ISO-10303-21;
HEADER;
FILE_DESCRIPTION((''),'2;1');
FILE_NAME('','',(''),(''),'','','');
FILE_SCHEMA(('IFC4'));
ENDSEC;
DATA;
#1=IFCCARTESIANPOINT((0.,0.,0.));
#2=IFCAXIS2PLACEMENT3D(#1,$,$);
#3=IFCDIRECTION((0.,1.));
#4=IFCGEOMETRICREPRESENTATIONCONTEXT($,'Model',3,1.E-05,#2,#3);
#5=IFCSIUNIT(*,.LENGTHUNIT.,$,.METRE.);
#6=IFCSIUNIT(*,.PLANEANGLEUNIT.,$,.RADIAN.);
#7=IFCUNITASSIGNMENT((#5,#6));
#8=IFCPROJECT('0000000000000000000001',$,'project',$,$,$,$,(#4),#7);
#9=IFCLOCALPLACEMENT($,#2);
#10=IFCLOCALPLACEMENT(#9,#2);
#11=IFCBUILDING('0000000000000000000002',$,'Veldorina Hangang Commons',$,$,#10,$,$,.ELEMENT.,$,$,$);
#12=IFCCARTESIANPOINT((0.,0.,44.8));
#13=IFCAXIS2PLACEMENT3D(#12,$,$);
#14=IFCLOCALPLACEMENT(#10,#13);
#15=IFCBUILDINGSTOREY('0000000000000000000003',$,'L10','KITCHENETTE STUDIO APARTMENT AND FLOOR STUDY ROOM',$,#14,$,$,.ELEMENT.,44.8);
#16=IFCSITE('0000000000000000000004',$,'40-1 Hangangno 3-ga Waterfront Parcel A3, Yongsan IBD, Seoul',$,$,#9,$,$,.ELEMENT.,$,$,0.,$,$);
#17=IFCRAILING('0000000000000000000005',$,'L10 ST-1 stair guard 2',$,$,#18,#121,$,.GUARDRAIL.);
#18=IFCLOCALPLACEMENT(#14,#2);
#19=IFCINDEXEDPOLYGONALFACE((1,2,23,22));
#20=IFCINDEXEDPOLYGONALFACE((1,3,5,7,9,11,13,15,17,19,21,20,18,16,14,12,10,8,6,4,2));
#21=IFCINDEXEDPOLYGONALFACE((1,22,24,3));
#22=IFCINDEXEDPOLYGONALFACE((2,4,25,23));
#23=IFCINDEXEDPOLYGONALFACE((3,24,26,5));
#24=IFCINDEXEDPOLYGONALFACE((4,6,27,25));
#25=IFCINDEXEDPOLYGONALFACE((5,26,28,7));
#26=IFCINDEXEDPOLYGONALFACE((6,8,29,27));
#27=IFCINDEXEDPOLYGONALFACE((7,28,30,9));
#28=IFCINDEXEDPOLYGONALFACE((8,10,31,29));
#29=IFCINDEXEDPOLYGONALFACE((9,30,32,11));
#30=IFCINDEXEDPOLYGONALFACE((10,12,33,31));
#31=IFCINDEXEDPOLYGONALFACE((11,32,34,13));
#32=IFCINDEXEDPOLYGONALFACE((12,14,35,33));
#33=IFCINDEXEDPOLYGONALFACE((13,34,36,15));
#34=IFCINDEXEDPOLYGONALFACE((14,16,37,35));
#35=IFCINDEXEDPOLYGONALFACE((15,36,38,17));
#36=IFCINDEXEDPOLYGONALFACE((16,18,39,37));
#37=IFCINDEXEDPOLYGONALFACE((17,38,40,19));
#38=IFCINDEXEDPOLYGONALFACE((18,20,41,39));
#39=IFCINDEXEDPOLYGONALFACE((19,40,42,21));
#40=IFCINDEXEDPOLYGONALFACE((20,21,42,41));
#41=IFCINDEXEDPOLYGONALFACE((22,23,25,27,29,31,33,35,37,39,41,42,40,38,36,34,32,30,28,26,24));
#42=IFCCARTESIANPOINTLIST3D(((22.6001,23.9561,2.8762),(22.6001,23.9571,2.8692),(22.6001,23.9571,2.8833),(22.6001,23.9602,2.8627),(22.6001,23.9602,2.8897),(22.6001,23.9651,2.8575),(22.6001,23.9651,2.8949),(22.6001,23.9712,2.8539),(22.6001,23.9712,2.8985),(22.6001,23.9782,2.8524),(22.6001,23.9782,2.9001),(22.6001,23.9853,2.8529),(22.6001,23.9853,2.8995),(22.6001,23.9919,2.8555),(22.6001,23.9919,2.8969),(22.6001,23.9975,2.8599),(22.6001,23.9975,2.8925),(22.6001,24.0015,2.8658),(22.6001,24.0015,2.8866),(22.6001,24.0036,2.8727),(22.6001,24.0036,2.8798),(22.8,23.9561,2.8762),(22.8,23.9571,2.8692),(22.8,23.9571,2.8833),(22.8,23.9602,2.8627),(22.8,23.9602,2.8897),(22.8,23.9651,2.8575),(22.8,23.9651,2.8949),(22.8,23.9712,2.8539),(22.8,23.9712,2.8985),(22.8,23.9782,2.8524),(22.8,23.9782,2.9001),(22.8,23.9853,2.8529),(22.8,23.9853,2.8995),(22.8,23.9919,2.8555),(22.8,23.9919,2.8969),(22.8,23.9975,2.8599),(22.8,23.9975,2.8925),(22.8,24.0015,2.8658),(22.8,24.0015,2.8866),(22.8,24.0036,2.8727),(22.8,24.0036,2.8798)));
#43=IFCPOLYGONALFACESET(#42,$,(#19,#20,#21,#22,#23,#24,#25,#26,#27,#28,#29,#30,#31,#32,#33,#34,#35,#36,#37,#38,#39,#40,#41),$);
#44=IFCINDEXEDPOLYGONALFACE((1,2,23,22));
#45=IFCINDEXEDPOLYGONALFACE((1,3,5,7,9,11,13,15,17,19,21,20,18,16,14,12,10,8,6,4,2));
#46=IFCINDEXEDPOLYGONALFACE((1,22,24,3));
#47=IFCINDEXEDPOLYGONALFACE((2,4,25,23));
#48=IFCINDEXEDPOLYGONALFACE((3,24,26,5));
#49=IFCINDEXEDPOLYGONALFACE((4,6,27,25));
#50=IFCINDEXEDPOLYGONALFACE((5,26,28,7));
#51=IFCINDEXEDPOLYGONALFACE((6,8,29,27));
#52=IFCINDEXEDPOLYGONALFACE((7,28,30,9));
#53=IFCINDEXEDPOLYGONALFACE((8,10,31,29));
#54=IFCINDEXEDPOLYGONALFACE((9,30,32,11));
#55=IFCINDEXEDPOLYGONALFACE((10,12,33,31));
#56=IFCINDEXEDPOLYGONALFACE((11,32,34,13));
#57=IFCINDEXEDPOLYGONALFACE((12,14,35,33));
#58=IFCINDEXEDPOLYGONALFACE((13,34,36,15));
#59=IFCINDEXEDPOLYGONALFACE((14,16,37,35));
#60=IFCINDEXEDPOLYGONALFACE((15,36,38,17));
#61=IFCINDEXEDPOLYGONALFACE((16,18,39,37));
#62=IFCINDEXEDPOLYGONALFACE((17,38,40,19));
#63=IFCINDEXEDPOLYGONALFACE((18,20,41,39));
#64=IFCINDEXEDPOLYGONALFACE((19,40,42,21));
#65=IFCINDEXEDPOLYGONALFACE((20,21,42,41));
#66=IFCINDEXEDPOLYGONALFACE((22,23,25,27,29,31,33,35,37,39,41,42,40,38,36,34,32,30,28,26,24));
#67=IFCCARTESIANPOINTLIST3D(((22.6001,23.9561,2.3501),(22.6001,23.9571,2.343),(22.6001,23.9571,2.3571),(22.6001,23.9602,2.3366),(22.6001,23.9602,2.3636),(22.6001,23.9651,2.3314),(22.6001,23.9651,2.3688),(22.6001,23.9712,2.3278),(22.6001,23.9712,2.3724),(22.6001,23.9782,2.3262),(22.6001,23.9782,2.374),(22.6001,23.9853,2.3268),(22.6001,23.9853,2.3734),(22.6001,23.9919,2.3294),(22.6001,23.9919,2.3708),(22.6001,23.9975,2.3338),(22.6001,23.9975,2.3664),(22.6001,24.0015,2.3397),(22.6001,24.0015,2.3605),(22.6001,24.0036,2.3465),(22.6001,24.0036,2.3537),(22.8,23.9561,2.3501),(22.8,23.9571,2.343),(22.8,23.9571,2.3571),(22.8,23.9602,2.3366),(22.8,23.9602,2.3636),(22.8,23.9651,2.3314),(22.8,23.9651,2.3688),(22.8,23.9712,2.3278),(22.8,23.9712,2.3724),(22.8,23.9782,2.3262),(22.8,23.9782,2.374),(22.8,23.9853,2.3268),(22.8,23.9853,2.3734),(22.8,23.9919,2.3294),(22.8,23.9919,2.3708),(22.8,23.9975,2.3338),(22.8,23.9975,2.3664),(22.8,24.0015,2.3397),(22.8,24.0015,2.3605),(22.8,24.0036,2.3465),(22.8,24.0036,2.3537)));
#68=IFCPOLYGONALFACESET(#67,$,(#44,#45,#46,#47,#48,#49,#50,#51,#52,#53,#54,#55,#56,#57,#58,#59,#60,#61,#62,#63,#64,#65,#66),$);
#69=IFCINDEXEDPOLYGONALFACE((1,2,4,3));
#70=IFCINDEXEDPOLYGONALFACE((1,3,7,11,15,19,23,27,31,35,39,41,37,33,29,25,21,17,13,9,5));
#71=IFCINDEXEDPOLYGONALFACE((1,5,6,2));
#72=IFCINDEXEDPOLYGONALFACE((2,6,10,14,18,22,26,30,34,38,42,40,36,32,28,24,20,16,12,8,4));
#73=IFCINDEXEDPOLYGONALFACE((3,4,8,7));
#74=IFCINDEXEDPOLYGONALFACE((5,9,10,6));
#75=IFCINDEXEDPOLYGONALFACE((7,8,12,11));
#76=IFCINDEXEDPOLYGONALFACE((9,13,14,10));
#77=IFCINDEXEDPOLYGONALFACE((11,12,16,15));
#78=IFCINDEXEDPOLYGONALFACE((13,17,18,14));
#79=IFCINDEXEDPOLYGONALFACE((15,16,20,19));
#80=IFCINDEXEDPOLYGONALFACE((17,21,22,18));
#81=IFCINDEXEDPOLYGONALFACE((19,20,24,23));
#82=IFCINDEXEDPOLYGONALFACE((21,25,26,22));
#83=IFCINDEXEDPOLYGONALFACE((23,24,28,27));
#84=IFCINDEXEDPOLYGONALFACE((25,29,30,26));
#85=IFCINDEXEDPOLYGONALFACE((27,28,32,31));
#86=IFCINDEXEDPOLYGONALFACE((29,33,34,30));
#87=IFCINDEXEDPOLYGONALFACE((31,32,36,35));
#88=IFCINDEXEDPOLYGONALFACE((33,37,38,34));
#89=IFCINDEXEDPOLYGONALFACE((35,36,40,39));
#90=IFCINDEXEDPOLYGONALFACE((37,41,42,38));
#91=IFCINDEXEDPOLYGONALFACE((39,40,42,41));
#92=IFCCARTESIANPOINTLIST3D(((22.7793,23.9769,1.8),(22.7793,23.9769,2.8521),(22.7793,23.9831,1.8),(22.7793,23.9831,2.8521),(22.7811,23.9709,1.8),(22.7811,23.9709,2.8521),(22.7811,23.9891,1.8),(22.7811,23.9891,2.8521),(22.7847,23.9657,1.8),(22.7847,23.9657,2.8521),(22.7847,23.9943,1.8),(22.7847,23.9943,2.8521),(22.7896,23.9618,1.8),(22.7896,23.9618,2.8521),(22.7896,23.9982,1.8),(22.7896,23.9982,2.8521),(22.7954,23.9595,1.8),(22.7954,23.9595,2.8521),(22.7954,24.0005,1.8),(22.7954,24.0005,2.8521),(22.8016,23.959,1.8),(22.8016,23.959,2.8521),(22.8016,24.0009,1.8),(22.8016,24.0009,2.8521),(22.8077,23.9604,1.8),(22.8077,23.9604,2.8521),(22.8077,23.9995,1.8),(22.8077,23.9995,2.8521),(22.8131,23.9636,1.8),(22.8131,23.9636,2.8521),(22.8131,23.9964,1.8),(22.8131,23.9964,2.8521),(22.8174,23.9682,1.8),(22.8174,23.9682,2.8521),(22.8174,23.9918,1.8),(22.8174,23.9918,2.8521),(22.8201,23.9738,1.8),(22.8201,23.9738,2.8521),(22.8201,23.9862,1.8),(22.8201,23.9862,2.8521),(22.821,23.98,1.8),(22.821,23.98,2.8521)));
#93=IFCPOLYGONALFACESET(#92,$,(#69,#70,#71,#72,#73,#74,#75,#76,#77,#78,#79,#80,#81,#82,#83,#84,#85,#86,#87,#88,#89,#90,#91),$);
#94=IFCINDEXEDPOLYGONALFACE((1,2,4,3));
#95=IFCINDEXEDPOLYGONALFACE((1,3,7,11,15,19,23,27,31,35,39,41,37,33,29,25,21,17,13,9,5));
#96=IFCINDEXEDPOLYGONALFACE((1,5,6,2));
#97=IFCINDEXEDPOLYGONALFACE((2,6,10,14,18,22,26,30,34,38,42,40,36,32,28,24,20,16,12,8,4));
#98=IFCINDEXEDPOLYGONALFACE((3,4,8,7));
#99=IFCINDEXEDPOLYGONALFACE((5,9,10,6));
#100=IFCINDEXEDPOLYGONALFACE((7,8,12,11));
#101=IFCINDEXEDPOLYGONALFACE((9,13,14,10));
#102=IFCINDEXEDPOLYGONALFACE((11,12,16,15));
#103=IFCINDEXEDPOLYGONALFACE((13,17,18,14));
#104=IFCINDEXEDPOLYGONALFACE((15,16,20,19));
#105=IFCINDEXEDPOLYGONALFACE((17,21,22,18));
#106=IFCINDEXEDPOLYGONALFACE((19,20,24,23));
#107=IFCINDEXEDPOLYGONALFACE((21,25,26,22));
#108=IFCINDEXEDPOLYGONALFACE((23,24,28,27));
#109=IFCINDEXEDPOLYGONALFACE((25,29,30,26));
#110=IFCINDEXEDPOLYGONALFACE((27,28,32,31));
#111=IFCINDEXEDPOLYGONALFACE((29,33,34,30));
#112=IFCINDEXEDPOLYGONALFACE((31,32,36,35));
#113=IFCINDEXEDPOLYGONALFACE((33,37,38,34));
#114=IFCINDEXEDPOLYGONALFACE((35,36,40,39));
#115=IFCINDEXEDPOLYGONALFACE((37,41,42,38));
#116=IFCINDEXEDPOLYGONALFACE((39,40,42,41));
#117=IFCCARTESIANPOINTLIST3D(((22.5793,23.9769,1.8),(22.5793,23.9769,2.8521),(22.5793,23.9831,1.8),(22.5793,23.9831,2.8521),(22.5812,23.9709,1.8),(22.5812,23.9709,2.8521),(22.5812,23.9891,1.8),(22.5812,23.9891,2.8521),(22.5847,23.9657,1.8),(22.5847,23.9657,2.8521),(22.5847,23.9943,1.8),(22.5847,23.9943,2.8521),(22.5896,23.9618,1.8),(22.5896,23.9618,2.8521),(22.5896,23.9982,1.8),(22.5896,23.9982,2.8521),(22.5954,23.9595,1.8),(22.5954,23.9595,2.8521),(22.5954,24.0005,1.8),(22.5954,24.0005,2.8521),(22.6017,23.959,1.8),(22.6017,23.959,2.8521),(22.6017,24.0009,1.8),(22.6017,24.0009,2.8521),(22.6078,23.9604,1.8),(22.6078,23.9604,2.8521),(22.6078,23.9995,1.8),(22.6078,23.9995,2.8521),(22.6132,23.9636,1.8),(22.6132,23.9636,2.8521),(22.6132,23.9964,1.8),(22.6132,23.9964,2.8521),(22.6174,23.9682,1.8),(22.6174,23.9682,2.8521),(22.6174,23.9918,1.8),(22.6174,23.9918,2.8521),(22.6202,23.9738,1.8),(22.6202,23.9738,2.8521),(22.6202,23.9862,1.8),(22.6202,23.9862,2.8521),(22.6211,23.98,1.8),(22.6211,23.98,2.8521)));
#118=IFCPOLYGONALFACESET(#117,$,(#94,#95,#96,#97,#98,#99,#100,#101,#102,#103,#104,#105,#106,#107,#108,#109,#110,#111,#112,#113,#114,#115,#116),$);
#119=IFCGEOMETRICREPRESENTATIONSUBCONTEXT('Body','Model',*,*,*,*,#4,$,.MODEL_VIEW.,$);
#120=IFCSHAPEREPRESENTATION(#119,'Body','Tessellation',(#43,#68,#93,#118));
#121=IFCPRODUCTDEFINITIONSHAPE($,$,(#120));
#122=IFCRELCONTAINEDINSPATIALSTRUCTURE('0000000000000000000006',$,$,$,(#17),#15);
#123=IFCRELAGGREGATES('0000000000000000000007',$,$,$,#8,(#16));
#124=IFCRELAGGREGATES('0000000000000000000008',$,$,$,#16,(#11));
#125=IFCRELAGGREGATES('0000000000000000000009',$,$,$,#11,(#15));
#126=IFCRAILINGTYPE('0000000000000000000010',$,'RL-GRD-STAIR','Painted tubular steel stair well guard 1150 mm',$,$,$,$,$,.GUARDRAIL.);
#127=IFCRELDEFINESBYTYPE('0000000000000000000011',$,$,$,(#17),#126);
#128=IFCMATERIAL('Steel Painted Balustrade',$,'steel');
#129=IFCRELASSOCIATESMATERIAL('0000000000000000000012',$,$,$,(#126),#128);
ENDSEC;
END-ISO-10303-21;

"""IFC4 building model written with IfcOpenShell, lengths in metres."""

from ifc_helpers import new_model, si_unit, direction, frame, origin, origin_2d, place, context, subcontext, project, spatial, circle, extrude, material, type_object, element, save


model = new_model("IFC4")

# Units and contexts
model_context = context("Model", 3, precision=1e-05, world=origin(), true_north=direction((0.0, 1.0)))
body_context = subcontext(model_context, "Body", "Model", "MODEL_VIEW")
ifc_project = project(units=[si_unit("LENGTHUNIT", "METRE"), si_unit("PLANEANGLEUNIT", "RADIAN")], contexts=[model_context])

# Site, building, storey
site_placement = place(None, origin())
site = spatial("IfcSite", under=ifc_project, at=site_placement, Name="40-1 Hangangno 3-ga Waterfront Parcel A3, Yongsan IBD, Seoul", CompositionType="ELEMENT", RefElevation=0.0)
building_placement = place(site_placement, origin())
building = spatial("IfcBuilding", under=site, at=building_placement, Name="Veldorina Hangang Commons", CompositionType="ELEMENT")
storey_placement = place(building_placement, frame((0.0, 0.0, 44.8)))
storey = spatial("IfcBuildingStorey", under=building, at=storey_placement, Name="L10", Description="KITCHENETTE STUDIO APARTMENT AND FLOOR STUDY ROOM", CompositionType="ELEMENT", Elevation=44.8)

# Railing
ifc_material_1 = material(Name="Steel Painted Balustrade", Category="steel")
railing_type_1 = type_object("IfcRailingType", Name="RL-GRD-STAIR", Description="Painted tubular steel stair well guard 1150 mm", PredefinedType="GUARDRAIL", material=ifc_material_1)
railing_1_placement = place(storey_placement, frame((22.8, 23.98, 1.8)))
element("IfcRailing", 1, at=railing_1_placement, inside=storey, type_object=railing_type_1, Name="L10 ST-1 stair guard 2", PredefinedType="GUARDRAIL", context=body_context, shape_type="SweptSolid", body=[
    extrude(circle(Radius=0.0239, at=origin_2d()), frame((0.0, 0.0, 1.0762), z_axis=(-1.0, 0.0, 0.0), x_axis=(0.0, -1.0, 0.0)), (0.0, 0.0, 1.0), 0.2),
    extrude(circle(Radius=0.0239, at=origin_2d()), frame((0.0, 0.0, 0.55), z_axis=(-1.0, 0.0, 0.0), x_axis=(0.0, -1.0, 0.0)), (0.0, 0.0, 1.0), 0.2),
    extrude(circle(Radius=0.021, at=origin_2d()), origin(), (0.0, 0.0, 1.0), 1.052),
    extrude(circle(Radius=0.021, at=origin_2d()), frame((-0.2, 0.0, 0.0)), (0.0, 0.0, 1.0), 1.052),
])

save(model, "model.ifc")
